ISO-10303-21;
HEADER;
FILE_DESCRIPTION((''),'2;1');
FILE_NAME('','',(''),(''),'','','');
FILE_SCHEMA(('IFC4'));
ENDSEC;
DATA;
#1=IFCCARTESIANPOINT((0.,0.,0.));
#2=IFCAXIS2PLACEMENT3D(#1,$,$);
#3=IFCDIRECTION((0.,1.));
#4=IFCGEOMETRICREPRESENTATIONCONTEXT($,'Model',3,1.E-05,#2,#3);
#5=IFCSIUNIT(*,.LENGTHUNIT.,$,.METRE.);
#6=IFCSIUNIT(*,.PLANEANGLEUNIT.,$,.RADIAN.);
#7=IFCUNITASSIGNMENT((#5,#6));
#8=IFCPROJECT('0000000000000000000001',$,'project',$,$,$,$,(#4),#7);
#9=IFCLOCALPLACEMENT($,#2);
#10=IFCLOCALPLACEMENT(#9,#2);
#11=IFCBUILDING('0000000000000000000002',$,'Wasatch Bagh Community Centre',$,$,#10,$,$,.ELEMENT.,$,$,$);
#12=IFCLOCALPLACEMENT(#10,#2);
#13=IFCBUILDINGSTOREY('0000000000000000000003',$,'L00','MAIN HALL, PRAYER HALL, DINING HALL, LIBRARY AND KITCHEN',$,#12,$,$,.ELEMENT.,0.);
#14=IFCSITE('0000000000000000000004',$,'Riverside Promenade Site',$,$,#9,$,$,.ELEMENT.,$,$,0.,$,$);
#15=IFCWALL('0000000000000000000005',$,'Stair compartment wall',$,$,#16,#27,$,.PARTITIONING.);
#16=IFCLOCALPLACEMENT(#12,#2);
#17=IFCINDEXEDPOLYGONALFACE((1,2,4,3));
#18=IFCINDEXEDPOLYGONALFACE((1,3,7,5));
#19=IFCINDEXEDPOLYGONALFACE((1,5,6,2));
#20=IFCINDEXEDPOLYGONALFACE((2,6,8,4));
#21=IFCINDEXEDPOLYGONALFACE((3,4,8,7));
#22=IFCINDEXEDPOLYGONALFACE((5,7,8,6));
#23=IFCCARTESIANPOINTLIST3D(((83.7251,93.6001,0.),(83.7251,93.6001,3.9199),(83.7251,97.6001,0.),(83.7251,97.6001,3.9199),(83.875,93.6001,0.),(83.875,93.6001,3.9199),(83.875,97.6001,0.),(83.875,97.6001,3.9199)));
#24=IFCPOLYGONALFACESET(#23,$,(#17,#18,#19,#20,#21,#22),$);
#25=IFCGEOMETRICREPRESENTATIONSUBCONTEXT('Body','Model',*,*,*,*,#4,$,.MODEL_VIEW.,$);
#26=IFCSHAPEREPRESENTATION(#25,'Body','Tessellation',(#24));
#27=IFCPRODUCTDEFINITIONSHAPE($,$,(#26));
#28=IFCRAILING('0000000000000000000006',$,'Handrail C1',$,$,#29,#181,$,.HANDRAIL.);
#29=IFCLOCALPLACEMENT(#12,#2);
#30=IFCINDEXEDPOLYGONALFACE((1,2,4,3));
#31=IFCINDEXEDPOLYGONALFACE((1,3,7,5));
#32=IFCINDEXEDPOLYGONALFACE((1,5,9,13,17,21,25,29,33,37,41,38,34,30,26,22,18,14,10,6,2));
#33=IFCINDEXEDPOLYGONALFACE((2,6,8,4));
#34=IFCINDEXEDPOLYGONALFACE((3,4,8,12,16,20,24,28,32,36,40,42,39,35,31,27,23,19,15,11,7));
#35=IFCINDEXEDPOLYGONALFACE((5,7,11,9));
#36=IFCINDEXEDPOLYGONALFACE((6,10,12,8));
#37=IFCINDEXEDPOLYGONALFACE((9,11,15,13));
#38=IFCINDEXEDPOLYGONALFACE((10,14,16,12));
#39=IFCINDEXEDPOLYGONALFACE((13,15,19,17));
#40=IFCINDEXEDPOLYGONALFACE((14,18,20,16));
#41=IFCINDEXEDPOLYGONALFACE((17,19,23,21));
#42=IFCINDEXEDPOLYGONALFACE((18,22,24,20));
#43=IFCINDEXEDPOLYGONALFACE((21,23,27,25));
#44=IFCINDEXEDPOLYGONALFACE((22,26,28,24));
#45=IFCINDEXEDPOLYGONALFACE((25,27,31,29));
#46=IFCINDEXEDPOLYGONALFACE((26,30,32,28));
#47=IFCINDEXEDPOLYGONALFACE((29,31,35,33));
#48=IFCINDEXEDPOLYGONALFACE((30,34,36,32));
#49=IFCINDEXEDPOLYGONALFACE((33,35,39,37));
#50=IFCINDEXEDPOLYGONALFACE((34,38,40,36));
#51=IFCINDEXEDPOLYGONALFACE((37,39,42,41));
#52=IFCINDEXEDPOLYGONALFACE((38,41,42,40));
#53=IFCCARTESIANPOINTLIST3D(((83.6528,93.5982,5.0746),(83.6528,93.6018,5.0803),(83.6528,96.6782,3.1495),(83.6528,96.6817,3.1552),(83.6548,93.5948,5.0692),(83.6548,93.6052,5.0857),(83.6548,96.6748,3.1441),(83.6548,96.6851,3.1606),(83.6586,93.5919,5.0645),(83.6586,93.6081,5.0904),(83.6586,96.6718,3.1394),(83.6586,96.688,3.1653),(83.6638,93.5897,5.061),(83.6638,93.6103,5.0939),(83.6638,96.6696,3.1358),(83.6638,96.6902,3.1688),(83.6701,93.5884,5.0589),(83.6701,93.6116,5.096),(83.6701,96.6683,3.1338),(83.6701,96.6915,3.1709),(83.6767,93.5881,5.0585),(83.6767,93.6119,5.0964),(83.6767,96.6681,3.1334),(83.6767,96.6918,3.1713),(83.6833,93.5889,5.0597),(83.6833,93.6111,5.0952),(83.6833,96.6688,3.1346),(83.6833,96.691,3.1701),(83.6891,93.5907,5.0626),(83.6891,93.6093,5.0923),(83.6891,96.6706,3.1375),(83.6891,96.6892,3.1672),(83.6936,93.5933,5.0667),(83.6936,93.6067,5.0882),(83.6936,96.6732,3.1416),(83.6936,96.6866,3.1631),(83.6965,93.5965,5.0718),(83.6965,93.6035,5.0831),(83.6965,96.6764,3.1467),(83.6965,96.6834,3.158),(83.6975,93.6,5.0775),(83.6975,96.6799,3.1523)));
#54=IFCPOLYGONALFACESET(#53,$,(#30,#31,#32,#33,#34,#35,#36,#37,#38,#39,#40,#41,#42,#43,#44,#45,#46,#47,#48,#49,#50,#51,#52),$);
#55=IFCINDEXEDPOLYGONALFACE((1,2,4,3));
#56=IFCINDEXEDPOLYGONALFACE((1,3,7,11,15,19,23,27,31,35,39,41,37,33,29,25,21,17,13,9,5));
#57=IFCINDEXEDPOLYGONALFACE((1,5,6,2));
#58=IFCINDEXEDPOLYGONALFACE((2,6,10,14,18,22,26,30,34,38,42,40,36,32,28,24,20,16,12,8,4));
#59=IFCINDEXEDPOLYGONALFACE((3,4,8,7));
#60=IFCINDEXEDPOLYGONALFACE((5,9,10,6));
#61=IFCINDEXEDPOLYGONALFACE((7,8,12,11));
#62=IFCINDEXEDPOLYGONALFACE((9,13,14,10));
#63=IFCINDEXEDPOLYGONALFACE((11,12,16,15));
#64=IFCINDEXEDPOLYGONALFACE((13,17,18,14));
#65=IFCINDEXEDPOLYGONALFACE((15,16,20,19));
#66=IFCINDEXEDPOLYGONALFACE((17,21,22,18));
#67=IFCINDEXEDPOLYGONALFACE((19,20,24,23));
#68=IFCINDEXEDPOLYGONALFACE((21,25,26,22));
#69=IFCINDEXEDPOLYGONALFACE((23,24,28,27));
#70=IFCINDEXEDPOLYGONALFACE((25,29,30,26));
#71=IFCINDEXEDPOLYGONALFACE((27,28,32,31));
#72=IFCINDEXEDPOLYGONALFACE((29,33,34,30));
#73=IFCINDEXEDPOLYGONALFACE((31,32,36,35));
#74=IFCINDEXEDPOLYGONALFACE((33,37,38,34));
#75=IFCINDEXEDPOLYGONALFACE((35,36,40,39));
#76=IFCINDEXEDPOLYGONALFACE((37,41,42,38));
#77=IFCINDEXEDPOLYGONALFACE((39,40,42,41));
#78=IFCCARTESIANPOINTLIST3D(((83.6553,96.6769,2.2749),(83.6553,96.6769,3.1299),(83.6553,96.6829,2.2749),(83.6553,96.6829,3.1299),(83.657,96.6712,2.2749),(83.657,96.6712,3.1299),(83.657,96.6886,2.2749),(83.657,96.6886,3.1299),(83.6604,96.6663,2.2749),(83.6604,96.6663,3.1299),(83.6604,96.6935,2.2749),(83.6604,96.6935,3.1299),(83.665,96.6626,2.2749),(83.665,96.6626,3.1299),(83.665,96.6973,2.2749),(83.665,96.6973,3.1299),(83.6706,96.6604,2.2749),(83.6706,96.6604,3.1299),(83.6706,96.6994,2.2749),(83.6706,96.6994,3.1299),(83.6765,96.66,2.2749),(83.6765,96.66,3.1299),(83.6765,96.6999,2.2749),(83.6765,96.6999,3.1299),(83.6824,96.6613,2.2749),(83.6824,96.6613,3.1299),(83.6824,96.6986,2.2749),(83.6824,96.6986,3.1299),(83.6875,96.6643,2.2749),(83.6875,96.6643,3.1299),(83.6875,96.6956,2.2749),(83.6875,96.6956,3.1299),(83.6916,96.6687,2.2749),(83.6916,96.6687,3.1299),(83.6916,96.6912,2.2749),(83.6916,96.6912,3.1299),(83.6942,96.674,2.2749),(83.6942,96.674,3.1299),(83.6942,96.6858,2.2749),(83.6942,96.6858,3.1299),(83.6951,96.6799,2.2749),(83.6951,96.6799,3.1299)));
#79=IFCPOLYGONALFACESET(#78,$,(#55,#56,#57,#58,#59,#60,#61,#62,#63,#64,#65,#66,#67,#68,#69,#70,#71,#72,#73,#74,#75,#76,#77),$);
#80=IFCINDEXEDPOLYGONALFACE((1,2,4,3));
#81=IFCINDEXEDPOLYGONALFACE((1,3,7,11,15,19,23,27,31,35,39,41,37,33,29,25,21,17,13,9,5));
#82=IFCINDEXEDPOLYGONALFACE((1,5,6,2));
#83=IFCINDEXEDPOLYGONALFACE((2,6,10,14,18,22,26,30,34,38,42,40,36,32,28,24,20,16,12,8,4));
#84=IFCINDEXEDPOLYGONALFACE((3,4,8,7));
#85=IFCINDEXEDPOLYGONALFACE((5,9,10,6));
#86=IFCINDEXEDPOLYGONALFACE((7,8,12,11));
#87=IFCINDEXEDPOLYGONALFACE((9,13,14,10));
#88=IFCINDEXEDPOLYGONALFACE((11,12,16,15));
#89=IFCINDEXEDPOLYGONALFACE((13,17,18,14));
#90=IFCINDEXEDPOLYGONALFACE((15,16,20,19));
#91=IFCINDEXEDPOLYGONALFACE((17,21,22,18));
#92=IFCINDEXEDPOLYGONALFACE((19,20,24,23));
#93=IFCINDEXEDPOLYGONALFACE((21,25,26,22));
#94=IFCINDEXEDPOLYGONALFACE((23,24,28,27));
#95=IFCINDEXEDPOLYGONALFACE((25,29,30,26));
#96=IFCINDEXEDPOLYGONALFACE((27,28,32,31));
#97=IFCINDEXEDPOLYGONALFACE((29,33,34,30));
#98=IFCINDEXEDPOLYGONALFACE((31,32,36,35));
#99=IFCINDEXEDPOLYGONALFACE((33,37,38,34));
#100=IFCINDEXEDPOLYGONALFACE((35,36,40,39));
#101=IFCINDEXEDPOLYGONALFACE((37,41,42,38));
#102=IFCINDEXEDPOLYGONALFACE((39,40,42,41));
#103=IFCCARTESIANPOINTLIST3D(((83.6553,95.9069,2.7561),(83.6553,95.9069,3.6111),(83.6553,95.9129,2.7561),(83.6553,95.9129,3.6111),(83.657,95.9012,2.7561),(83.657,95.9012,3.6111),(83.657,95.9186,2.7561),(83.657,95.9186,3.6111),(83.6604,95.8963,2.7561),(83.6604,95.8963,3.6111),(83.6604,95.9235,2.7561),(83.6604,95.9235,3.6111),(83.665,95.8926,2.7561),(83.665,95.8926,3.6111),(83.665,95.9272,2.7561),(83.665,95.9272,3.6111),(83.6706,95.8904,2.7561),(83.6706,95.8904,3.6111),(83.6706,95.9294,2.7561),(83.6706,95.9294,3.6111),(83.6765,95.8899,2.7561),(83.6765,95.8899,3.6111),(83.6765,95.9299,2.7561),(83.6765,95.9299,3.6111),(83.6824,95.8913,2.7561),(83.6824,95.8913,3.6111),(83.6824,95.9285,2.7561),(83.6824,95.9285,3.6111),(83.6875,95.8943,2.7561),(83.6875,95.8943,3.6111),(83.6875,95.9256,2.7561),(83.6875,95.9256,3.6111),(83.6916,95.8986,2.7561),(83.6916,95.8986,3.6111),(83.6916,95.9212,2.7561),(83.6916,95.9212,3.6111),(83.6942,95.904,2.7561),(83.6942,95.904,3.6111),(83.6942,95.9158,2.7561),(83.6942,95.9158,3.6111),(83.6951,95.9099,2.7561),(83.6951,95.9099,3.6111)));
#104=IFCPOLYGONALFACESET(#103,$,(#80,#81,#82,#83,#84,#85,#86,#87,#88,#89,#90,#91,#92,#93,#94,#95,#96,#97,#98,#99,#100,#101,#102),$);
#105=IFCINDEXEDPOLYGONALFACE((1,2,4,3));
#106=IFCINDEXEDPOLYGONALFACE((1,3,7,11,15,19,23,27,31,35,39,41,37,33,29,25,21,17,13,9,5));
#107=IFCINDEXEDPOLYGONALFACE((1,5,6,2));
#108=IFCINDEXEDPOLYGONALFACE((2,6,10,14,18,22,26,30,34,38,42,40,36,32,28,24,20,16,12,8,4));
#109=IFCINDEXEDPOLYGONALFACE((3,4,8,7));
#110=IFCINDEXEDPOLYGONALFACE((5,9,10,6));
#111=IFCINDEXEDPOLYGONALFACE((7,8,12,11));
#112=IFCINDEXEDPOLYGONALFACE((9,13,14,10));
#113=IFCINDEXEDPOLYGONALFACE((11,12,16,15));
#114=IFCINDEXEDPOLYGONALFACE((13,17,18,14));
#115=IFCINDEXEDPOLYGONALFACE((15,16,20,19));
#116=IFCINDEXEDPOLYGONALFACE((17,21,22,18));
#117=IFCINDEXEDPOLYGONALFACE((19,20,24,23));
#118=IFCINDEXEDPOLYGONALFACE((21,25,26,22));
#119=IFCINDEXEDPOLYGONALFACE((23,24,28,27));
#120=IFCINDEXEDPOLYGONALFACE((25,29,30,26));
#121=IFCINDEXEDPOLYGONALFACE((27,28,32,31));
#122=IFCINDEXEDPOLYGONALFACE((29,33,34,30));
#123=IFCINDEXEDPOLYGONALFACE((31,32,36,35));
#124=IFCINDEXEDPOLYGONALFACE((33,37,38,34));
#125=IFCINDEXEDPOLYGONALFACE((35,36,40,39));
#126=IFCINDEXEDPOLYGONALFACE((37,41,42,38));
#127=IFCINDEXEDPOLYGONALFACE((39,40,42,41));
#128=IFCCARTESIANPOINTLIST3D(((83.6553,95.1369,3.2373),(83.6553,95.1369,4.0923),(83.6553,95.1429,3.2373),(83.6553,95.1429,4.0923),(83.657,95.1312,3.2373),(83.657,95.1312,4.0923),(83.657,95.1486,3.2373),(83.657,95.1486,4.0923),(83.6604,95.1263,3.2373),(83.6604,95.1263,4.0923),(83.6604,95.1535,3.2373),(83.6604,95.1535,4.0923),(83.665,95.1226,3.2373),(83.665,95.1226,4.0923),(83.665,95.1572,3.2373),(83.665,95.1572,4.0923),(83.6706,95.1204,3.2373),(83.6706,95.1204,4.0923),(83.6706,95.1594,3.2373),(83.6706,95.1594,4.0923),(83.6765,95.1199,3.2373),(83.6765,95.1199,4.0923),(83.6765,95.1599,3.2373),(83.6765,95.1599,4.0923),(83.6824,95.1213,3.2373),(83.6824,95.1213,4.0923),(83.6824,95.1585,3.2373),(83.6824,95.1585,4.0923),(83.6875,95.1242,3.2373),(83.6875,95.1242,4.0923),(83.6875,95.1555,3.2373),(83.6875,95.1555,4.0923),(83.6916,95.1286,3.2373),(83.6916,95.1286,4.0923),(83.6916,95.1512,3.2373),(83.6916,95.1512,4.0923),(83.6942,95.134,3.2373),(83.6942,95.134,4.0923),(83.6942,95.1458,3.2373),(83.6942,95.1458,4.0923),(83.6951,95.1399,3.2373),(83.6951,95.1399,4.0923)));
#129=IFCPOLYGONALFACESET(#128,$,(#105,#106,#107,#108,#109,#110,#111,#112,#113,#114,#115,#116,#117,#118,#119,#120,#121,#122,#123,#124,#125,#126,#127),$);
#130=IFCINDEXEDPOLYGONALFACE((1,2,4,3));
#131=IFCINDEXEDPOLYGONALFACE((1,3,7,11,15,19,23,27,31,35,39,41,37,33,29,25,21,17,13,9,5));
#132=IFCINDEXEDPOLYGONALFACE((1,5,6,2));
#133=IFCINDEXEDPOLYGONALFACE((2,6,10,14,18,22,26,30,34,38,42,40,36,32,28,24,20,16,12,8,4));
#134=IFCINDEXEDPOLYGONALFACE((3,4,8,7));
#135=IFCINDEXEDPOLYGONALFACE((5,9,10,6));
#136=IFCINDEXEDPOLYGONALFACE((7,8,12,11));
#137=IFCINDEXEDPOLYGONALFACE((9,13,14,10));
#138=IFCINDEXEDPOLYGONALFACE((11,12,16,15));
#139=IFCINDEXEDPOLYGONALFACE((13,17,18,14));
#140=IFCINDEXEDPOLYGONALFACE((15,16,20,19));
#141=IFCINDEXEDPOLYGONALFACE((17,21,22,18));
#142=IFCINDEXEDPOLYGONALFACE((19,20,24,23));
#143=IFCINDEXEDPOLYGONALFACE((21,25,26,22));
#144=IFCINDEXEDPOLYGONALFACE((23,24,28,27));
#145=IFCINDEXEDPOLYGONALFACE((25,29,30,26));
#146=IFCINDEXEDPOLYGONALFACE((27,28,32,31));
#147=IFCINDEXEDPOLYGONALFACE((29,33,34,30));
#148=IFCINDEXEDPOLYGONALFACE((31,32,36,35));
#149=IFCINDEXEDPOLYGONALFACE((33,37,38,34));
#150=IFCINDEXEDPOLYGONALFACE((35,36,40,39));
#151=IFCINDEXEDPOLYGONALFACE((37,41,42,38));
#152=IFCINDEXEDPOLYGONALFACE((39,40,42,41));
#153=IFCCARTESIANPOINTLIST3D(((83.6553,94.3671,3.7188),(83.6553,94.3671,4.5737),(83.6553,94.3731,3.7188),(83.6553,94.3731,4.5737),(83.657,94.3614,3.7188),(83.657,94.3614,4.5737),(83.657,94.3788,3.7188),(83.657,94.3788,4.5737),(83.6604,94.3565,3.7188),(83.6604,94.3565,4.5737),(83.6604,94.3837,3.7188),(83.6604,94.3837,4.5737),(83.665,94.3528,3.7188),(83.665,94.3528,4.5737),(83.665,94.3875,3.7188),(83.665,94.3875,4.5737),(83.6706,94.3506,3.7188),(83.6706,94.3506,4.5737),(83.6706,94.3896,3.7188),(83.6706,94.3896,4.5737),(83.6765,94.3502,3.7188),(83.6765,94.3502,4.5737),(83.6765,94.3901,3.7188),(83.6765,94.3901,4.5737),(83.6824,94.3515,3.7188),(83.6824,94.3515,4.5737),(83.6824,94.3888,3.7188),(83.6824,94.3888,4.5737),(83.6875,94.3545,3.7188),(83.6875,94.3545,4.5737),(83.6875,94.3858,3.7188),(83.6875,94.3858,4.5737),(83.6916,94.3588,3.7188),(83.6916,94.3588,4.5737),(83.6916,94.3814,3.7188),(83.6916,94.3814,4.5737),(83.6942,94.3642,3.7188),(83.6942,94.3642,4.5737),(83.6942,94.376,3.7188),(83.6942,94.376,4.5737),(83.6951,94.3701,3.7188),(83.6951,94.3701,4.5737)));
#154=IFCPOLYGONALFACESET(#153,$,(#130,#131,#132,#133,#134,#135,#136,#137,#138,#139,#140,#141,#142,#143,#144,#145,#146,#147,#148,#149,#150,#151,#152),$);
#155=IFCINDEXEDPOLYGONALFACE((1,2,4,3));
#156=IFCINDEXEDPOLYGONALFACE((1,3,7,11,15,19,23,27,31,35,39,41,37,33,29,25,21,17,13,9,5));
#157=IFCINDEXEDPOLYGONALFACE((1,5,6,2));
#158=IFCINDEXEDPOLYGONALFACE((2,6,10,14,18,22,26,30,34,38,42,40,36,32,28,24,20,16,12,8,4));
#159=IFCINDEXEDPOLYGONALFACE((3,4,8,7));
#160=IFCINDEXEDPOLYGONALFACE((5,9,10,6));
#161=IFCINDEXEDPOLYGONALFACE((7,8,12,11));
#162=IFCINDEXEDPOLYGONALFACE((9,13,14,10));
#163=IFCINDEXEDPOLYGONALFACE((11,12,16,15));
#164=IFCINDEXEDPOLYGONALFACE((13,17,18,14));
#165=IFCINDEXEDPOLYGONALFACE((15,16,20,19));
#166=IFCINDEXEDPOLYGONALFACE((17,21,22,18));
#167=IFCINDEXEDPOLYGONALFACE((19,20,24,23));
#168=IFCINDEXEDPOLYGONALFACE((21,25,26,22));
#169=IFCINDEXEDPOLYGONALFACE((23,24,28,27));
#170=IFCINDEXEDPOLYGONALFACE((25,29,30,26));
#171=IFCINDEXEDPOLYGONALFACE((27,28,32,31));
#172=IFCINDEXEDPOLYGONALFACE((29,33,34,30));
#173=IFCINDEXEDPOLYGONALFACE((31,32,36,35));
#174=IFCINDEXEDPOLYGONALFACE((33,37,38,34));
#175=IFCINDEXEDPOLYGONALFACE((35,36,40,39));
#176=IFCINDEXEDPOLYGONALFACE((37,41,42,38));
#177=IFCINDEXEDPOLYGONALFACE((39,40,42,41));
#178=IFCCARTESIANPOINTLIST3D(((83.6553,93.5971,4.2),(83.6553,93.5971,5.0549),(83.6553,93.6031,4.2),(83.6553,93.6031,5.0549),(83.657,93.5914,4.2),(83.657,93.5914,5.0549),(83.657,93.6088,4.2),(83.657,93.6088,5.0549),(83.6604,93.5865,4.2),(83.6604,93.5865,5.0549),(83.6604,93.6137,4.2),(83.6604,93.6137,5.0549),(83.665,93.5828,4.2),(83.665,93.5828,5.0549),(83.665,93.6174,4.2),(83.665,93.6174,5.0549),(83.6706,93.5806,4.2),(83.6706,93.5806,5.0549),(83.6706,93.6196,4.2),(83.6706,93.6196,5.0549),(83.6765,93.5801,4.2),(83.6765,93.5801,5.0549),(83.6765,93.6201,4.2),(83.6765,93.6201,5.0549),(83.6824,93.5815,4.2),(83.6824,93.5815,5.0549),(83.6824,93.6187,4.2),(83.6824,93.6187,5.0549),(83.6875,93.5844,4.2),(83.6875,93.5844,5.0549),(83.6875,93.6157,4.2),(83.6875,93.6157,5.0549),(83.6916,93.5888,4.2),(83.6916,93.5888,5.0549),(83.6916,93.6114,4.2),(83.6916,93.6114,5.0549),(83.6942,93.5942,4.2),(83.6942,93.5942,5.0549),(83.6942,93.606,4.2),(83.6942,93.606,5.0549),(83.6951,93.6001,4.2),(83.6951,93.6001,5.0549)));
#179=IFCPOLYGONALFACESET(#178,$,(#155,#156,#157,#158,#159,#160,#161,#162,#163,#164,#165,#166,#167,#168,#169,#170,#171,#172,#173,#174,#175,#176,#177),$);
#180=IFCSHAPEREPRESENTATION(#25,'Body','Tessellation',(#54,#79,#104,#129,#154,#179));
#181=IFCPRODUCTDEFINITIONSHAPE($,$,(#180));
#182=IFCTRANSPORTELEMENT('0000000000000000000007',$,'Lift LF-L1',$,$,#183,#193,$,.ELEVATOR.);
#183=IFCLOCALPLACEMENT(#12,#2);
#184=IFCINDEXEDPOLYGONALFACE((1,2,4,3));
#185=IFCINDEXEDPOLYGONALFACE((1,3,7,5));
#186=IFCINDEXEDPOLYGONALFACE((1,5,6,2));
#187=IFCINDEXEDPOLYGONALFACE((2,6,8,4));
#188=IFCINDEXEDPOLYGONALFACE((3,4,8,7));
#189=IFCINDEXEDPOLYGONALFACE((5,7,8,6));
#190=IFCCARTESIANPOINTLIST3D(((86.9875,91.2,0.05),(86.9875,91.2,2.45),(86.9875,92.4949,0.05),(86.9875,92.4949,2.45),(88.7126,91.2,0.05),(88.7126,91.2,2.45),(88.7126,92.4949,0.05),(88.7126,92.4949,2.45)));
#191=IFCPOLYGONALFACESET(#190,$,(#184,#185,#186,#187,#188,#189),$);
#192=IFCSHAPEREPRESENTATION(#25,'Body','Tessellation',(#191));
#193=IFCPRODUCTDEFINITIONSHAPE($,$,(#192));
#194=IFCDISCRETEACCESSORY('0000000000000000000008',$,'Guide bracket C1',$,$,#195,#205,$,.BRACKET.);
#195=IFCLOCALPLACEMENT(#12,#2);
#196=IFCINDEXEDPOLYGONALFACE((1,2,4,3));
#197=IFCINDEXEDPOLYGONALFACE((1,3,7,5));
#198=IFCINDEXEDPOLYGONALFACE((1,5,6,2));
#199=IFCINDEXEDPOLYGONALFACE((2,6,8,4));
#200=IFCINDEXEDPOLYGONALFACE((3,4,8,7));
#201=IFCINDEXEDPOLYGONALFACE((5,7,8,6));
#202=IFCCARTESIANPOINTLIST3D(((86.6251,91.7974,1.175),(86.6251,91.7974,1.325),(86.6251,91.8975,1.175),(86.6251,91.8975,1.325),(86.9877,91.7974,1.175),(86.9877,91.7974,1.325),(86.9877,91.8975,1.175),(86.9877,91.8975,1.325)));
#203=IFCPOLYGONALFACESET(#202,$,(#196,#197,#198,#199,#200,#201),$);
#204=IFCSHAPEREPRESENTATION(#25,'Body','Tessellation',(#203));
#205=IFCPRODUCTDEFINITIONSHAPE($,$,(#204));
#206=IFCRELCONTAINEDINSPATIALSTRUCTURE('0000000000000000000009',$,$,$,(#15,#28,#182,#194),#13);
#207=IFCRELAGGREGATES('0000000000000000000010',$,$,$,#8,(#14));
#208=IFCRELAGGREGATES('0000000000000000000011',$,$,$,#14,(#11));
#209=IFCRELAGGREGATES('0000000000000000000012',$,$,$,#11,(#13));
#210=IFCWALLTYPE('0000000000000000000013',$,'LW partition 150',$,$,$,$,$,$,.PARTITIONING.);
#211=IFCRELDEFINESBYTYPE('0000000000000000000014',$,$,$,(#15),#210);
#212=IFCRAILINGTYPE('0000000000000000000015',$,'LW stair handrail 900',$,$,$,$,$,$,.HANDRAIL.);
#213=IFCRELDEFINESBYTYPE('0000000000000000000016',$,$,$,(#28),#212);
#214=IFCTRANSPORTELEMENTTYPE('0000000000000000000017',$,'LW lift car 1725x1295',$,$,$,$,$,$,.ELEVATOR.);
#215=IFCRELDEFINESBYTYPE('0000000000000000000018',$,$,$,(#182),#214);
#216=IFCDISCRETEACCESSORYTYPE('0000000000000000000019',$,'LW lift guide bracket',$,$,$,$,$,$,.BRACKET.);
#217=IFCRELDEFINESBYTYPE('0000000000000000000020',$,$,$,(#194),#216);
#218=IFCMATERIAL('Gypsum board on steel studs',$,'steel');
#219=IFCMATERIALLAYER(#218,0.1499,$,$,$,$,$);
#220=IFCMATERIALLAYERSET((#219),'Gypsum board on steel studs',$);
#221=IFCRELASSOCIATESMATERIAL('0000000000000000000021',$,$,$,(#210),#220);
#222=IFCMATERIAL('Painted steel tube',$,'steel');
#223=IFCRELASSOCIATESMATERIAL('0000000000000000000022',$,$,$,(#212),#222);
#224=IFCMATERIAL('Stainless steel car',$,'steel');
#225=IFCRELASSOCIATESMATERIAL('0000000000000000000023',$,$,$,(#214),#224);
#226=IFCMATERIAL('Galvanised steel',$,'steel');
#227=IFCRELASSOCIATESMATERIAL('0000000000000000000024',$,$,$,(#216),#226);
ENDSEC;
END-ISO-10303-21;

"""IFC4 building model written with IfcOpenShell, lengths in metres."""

from ifc_helpers import new_model, si_unit, direction, frame, frame_2d, origin, origin_2d, place, context, subcontext, project, spatial, rectangle, circle, extrude, material, layer, layer_set, type_object, element, save


model = new_model("IFC4")

# Units and contexts
model_context = context("Model", 3, precision=1e-05, world=origin(), true_north=direction((0.0, 1.0)))
body_context = subcontext(model_context, "Body", "Model", "MODEL_VIEW")
ifc_project = project(units=[si_unit("LENGTHUNIT", "METRE"), si_unit("PLANEANGLEUNIT", "RADIAN")], contexts=[model_context])

# Site, building, storey
site_placement = place(None, origin())
site = spatial("IfcSite", under=ifc_project, at=site_placement, Name="Riverside Promenade Site", CompositionType="ELEMENT", RefElevation=0.0)
building_placement = place(site_placement, origin())
building = spatial("IfcBuilding", under=site, at=building_placement, Name="Wasatch Bagh Community Centre", CompositionType="ELEMENT")
storey_placement = place(building_placement, origin())
storey = spatial("IfcBuildingStorey", under=building, at=storey_placement, Name="L00", Description="MAIN HALL, PRAYER HALL, DINING HALL, LIBRARY AND KITCHEN", CompositionType="ELEMENT", Elevation=0.0)

# Wall
ifc_material_1 = material(Name="Gypsum board on steel studs", Category="steel")
ifc_layer_1 = layer(ifc_material_1, 0.1499)
ifc_layer_set_1 = layer_set([ifc_layer_1], Name="Gypsum board on steel studs")
wall_type_1 = type_object("IfcWallType", Name="LW partition 150", PredefinedType="PARTITIONING", material=ifc_layer_set_1)
wall_1_placement = place(storey_placement, frame((83.8, 93.6001, 0.0), z_axis=(0.0, 0.0, 1.0), x_axis=(0.0, 1.0, 0.0)))
element("IfcWall", 1, at=wall_1_placement, inside=storey, type_object=wall_type_1, Name="Stair compartment wall", PredefinedType="PARTITIONING", context=body_context, shape_type="SweptSolid", body=[
    extrude(rectangle(XDim=4.0, YDim=0.1499, at=frame_2d((2.0, 0.0))), origin(), (0.0, 0.0, 1.0), 3.9199),
])

# Railing
ifc_material_2 = material(Name="Painted steel tube", Category="steel")
railing_type = type_object("IfcRailingType", Name="LW stair handrail 900", PredefinedType="HANDRAIL", material=ifc_material_2)
railing_placement = place(storey_placement, frame((83.675, 96.6799, 2.2749)))
element("IfcRailing", 2, at=railing_placement, inside=storey, type_object=railing_type, Name="Handrail C1", PredefinedType="HANDRAIL", context=body_context, shape_type="SweptSolid", body=[
    extrude(circle(Radius=0.0225, at=origin_2d()), frame((0.0, 0.0, 0.8774), z_axis=(0.0, -0.847979, 0.530029), x_axis=(1.0, 0.0, 0.0)), (0.0, 0.0, 1.0), 3.6321),
    extrude(circle(Radius=0.02, at=origin_2d()), origin(), (0.0, 0.0, 1.0), 0.855),
    extrude(circle(Radius=0.02, at=origin_2d()), frame((0.0, -0.77, 0.4812)), (0.0, 0.0, 1.0), 0.855),
    extrude(circle(Radius=0.02, at=origin_2d()), frame((0.0, -1.54, 0.9624)), (0.0, 0.0, 1.0), 0.855),
    extrude(circle(Radius=0.02, at=origin_2d()), frame((0.0, -2.3098, 1.4438)), (0.0, 0.0, 1.0), 0.855),
    extrude(circle(Radius=0.02, at=origin_2d()), frame((0.0, -3.0798, 1.925)), (0.0, 0.0, 1.0), 0.855),
])

# Transport element
ifc_material_3 = material(Name="Stainless steel car", Category="steel")
transport_element_type = type_object("IfcTransportElementType", Name="LW lift car 1725x1295", PredefinedType="ELEVATOR", material=ifc_material_3)
transport_element_placement = place(storey_placement, frame((87.8501, 91.8474, 0.05), z_axis=(0.0, 0.0, 1.0), x_axis=(1.0, 0.0, 0.0)))
element("IfcTransportElement", 3, at=transport_element_placement, inside=storey, type_object=transport_element_type, Name="Lift LF-L1", PredefinedType="ELEVATOR", context=body_context, shape_type="SweptSolid", body=[
    extrude(rectangle(XDim=1.7251, YDim=1.2949, at=origin_2d()), origin(), (0.0, 0.0, 1.0), 2.3999),
])

# Discrete accessory
ifc_material_4 = material(Name="Galvanised steel", Category="steel")
discrete_accessory_type = type_object("IfcDiscreteAccessoryType", Name="LW lift guide bracket", PredefinedType="BRACKET", material=ifc_material_4)
for number, where, z_axis, x_axis, name in (
    (4, (86.8064, 91.8474, 1.175), (0.0, 0.0, 1.0), (1.0, 0.0, 0.0), "Guide bracket C1"),
):
    element("IfcDiscreteAccessory", number, at=place(storey_placement, frame(where, z_axis=z_axis, x_axis=x_axis)), inside=storey, type_object=discrete_accessory_type, Name=name, PredefinedType="BRACKET", context=body_context, shape_type="SweptSolid", body=[
        extrude(rectangle(XDim=0.3625, YDim=0.1001, at=origin_2d()), origin(), (0.0, 0.0, 1.0), 0.1499),
    ])

save(model, "model.ifc")
